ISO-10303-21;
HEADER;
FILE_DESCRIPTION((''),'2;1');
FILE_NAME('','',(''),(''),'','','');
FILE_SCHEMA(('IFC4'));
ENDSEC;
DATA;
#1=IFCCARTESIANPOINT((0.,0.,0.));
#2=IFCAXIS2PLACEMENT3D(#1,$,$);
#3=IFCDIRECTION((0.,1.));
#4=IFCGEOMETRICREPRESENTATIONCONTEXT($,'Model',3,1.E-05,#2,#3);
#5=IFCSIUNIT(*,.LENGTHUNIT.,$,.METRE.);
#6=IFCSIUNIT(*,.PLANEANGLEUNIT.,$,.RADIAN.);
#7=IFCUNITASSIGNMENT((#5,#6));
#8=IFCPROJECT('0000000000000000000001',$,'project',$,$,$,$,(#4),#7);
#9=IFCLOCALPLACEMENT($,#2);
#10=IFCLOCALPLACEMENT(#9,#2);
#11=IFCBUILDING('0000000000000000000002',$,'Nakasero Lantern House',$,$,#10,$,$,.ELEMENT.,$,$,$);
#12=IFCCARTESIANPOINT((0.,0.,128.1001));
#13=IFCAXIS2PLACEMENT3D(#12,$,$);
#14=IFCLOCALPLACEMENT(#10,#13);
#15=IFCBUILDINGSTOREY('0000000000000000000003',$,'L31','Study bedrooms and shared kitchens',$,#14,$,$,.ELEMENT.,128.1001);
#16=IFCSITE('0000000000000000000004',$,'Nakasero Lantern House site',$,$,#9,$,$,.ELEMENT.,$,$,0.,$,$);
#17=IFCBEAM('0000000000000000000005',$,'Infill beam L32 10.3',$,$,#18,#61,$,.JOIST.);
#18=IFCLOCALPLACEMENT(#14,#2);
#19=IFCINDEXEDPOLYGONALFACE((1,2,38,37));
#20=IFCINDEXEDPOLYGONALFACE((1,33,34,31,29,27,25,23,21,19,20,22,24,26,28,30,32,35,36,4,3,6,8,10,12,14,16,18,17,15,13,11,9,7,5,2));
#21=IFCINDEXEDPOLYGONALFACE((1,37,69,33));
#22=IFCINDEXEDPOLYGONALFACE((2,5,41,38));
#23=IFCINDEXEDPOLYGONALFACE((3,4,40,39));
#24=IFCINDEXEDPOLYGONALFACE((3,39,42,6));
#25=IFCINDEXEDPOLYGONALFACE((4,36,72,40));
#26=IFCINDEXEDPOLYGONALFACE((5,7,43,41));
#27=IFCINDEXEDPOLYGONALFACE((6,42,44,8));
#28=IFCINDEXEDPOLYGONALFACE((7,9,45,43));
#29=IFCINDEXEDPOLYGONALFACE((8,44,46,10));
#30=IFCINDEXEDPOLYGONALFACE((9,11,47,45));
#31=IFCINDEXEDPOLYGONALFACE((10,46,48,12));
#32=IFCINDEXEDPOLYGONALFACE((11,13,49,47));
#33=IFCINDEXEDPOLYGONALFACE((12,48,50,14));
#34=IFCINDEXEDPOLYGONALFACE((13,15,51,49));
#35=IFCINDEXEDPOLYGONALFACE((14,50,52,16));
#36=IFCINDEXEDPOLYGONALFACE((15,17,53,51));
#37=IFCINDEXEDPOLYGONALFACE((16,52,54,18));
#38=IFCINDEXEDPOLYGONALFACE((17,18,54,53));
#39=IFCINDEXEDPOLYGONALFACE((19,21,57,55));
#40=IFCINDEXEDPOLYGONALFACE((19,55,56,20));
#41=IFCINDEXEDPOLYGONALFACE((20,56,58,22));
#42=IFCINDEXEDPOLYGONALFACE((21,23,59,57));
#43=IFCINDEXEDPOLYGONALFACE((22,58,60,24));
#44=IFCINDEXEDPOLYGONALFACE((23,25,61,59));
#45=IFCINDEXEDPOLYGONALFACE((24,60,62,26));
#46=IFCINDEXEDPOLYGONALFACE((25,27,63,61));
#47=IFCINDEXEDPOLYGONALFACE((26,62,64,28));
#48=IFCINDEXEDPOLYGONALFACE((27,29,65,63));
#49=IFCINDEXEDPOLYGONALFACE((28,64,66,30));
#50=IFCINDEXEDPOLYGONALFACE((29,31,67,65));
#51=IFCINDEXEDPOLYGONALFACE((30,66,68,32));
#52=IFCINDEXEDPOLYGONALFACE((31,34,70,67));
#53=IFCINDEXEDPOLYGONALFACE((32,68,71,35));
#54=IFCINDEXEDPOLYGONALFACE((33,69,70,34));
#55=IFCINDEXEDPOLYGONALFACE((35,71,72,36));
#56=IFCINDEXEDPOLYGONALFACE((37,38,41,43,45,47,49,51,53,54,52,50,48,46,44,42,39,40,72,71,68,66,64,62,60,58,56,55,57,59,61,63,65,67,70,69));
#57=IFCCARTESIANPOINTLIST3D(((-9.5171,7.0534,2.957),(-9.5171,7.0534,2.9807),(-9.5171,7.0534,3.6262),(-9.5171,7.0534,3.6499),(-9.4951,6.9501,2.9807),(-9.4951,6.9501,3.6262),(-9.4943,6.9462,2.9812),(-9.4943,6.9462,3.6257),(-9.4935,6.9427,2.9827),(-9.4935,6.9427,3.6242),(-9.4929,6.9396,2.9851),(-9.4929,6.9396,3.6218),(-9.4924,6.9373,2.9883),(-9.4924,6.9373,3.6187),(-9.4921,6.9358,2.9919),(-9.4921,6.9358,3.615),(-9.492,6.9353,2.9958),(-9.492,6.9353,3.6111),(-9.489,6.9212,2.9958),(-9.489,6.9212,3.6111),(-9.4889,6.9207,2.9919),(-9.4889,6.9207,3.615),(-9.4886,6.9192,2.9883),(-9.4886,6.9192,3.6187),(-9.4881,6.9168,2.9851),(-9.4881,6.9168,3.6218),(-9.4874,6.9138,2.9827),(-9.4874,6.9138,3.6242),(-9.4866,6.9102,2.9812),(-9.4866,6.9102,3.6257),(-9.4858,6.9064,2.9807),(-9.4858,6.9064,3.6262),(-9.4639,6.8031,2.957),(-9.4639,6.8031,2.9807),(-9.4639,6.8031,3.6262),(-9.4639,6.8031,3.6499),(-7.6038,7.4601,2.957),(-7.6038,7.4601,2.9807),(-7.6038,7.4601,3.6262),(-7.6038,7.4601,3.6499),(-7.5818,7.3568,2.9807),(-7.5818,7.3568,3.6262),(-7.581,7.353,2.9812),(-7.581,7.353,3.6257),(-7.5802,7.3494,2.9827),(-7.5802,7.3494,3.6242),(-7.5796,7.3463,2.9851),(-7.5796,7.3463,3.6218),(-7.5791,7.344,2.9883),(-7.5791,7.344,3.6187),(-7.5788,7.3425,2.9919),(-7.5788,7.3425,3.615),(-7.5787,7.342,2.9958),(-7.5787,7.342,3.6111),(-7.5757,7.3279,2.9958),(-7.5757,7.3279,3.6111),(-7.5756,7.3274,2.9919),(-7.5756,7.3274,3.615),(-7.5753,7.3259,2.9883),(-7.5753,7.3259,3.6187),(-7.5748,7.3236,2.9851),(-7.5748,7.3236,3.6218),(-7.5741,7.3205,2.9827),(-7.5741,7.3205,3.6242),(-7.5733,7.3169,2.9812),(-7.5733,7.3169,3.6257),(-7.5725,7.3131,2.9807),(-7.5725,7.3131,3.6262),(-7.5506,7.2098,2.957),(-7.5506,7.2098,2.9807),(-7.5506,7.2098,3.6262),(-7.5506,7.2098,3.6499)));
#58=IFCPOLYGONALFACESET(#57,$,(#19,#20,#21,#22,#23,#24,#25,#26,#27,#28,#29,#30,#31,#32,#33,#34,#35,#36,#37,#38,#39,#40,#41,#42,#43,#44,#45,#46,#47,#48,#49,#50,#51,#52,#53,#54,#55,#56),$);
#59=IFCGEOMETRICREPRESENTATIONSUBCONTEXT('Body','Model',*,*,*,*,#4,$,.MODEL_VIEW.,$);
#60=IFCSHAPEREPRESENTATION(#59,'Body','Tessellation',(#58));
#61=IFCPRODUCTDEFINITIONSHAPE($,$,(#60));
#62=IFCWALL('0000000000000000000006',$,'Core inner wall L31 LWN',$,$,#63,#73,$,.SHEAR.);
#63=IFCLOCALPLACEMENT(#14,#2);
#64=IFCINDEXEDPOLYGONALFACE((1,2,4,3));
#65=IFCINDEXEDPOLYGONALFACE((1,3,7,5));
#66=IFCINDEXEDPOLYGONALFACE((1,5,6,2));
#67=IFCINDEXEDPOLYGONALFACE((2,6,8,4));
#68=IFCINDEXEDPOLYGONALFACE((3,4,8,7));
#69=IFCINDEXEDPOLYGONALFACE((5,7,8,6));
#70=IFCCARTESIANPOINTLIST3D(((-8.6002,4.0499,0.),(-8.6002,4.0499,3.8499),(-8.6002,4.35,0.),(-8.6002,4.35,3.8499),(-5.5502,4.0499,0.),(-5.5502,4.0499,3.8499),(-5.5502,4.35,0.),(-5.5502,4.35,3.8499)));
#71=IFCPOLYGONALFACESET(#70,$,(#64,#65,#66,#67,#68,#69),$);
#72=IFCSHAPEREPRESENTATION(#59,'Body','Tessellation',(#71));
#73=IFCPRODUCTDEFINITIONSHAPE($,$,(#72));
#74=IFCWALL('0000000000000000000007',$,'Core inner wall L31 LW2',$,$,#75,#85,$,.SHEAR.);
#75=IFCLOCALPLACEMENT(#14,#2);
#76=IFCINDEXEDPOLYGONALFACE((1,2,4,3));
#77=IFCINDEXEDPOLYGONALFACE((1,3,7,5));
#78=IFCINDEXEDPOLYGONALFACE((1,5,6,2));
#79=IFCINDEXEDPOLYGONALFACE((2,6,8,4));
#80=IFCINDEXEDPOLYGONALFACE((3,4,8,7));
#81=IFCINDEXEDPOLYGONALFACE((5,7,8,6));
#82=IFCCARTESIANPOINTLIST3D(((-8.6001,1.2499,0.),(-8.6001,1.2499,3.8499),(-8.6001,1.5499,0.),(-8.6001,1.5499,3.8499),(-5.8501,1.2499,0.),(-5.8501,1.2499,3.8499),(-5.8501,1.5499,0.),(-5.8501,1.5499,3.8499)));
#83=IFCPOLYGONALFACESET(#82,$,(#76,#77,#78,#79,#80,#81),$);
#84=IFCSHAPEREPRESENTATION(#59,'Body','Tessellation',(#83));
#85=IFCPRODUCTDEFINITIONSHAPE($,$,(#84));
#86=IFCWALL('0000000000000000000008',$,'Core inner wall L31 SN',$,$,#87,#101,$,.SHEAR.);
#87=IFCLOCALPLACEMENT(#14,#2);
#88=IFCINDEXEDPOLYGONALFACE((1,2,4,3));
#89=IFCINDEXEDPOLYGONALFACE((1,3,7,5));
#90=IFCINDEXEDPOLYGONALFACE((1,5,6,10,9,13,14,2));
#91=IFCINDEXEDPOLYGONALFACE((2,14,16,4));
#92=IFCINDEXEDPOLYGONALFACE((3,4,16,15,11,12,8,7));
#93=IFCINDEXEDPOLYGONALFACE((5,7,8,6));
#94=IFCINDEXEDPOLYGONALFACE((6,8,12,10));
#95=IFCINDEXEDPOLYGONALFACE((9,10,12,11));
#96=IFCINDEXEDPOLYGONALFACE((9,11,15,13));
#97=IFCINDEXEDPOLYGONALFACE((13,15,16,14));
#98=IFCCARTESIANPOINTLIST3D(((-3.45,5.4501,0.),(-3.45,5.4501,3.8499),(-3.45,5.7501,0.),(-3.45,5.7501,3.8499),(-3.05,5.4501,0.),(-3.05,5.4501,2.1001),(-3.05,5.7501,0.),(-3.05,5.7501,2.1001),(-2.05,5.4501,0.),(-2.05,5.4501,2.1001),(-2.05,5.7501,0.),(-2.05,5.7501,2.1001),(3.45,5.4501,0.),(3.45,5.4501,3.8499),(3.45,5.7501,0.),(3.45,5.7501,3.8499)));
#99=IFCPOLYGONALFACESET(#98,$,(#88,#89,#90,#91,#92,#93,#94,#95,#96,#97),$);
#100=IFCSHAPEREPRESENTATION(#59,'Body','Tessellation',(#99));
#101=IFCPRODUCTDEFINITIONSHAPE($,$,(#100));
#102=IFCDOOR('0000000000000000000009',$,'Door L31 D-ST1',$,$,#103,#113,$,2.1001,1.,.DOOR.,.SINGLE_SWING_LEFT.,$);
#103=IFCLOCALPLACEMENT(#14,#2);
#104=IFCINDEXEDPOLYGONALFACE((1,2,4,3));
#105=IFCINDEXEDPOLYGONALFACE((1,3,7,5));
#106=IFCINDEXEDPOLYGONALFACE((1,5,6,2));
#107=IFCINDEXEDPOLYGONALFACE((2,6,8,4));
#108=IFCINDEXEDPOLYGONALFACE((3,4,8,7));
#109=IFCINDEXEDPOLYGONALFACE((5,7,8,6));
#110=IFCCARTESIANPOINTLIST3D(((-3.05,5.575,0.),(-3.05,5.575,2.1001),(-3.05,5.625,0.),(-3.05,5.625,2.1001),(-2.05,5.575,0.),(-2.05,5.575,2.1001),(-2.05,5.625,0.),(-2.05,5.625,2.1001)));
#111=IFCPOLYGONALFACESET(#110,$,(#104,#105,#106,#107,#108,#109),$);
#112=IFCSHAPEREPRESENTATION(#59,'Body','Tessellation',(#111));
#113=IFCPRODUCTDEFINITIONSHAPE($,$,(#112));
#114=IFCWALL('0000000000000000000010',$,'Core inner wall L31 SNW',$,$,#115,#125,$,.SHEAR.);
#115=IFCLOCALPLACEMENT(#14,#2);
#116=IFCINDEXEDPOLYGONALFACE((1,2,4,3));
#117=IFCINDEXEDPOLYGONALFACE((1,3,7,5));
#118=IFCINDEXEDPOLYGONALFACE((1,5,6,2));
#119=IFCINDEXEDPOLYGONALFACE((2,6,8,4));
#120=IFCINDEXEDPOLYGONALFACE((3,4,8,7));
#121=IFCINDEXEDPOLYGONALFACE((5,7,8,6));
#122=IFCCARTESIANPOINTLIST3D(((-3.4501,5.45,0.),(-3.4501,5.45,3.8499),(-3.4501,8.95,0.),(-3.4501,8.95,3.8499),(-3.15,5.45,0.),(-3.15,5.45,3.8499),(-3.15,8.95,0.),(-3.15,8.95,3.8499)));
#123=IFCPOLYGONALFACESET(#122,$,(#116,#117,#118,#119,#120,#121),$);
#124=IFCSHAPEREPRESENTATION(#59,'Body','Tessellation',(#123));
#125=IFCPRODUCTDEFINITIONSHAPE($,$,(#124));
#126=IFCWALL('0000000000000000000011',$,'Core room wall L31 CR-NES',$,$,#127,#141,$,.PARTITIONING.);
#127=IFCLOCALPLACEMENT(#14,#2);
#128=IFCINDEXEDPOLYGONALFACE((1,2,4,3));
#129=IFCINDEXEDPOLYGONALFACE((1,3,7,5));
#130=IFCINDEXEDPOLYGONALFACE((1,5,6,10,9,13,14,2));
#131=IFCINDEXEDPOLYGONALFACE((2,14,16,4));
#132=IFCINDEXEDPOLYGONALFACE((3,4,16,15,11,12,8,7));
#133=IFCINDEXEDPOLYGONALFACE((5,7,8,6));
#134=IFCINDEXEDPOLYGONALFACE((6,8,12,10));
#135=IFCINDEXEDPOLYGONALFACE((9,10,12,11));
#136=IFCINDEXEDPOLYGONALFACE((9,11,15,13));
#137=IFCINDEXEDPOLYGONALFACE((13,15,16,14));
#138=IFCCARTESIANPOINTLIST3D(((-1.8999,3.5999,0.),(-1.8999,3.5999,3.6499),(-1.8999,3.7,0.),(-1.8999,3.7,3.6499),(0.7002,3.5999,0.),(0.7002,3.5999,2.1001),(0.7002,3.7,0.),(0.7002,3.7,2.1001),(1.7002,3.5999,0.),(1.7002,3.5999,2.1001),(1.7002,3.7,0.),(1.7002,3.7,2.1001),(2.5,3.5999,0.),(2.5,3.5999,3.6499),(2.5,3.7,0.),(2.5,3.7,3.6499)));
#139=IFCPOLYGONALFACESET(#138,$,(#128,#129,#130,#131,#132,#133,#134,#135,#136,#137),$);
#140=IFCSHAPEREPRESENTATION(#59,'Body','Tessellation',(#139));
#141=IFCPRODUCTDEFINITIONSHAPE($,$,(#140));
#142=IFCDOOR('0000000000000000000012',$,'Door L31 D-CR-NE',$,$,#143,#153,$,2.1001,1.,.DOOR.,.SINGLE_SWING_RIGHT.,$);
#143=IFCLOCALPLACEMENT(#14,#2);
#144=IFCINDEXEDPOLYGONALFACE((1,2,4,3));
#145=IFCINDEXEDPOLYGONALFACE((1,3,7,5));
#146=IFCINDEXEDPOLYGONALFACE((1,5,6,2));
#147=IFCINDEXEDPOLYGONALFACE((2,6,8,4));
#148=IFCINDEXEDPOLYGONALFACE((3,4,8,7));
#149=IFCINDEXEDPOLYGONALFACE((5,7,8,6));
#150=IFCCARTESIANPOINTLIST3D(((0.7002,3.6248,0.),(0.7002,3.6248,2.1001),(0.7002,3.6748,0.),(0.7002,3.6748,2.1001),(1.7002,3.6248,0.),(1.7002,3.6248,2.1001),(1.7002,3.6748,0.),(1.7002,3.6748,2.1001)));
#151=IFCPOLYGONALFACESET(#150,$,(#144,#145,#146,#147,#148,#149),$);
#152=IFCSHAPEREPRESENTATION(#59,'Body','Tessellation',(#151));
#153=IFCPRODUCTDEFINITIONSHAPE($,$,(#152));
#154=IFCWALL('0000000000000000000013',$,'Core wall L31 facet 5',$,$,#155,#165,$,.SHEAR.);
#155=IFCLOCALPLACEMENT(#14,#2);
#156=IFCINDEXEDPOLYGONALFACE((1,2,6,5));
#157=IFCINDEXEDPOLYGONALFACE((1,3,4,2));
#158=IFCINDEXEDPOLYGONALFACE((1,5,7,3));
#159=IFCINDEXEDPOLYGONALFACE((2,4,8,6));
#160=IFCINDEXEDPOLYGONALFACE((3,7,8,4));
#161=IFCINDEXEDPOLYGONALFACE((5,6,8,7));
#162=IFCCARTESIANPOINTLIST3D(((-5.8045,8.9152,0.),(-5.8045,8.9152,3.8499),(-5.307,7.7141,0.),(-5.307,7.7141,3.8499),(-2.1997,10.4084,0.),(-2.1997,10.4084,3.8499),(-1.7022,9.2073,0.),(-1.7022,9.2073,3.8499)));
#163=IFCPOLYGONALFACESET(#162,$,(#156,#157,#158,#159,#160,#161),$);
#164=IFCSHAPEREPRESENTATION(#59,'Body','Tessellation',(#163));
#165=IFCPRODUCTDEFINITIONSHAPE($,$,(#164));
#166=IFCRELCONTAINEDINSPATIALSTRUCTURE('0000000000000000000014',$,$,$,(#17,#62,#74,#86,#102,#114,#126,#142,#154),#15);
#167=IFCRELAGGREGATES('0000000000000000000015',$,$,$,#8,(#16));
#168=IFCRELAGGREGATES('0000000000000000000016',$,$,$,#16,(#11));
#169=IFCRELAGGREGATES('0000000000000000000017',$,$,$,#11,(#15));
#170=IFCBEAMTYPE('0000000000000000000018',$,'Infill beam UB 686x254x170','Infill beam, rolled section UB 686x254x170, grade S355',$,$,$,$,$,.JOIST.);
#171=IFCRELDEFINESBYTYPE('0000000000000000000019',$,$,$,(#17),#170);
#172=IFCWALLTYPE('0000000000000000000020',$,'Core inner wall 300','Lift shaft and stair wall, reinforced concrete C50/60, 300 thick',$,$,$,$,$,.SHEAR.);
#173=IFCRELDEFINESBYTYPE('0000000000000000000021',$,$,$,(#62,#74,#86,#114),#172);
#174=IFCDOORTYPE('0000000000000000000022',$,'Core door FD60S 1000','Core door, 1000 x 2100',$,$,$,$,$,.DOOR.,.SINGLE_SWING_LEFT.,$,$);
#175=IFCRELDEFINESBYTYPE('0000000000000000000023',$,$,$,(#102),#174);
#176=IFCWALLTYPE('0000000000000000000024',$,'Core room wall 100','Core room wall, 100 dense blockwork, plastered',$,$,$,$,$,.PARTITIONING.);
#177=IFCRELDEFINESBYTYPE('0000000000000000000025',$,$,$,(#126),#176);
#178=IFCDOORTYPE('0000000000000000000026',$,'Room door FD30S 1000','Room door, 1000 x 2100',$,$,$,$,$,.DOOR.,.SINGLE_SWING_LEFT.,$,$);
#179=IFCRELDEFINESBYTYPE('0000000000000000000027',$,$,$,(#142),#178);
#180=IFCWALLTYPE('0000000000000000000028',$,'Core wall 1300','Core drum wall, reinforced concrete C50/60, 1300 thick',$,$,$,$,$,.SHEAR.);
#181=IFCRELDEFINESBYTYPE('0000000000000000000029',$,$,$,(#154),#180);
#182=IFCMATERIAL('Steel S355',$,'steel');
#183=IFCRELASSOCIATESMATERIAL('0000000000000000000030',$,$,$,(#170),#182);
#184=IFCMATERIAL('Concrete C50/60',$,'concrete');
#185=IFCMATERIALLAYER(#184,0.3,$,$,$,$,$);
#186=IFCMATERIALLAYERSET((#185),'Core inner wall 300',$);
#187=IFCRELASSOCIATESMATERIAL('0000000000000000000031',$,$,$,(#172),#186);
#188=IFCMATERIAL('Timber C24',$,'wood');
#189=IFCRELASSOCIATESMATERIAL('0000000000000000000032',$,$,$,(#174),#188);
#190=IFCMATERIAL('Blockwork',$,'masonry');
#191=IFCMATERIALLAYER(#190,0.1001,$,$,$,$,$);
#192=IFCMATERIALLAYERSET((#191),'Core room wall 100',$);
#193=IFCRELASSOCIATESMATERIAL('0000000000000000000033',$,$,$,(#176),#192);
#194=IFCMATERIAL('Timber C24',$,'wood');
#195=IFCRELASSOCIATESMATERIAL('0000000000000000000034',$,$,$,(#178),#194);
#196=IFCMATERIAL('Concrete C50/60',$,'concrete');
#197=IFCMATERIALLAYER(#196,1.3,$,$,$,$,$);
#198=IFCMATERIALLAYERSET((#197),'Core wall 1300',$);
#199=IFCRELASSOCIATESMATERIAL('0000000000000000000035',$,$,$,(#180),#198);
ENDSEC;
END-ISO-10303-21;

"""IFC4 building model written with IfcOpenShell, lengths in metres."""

from ifc_helpers import new_model, si_unit, direction, frame, frame_2d, origin, origin_2d, place, context, subcontext, project, spatial, rectangle, i_section, extrude, material, layer, layer_set, material_profile, profile_set, type_object, element, fill, save


model = new_model("IFC4")

# Units and contexts
model_context = context("Model", 3, precision=1e-05, world=origin(), true_north=direction((0.0, 1.0)))
body_context = subcontext(model_context, "Body", "Model", "MODEL_VIEW")
ifc_project = project(units=[si_unit("LENGTHUNIT", "METRE"), si_unit("PLANEANGLEUNIT", "RADIAN")], contexts=[model_context])

# Site, building, storey
site_placement = place(None, origin())
site = spatial("IfcSite", under=ifc_project, at=site_placement, Name="Nakasero Lantern House site", CompositionType="ELEMENT", RefElevation=0.0)
building_placement = place(site_placement, origin())
building = spatial("IfcBuilding", under=site, at=building_placement, Name="Nakasero Lantern House", CompositionType="ELEMENT")
storey_placement = place(building_placement, frame((0.0, 0.0, 128.1001)))
storey = spatial("IfcBuildingStorey", under=building, at=storey_placement, Name="L31", Description="Study bedrooms and shared kitchens", CompositionType="ELEMENT", Elevation=128.1001)

# Beam
ifc_material_1 = material(Name="Steel S355", Category="steel")
ifc_material_profile_1 = material_profile(ifc_material_1, i_section(OverallWidth=0.2559, OverallDepth=0.6929, WebThickness=0.0144, FlangeThickness=0.0237, FilletRadius=0.0151, at=origin_2d()), Name="UB 686x254x170")
ifc_profile_set_1 = profile_set([ifc_material_profile_1], Name="Steel S355")
beam_type_1 = type_object("IfcBeamType", Name="Infill beam UB 686x254x170", Description="Infill beam, rolled section UB 686x254x170, grade S355", PredefinedType="JOIST", material=ifc_profile_set_1)
beam_1_placement = place(storey_placement, frame((-9.4905, 6.9282, 3.3035), z_axis=(0.978143, 0.207935, 0.0), x_axis=(-0.207935, 0.978143, 0.0)))
element("IfcBeam", 1, at=beam_1_placement, inside=storey, type_object=beam_type_1, Name="Infill beam L32 10.3", PredefinedType="JOIST", context=body_context, shape_type="SweptSolid", body=[
    extrude(i_section(OverallWidth=0.2559, OverallDepth=0.6929, WebThickness=0.0144, FlangeThickness=0.0237, FilletRadius=0.0151, at=origin_2d()), origin(), (0.0, 0.0, 1.0), 1.9561),
])

# Walls
ifc_material_2 = material(Name="Concrete C50/60", Category="concrete")
ifc_layer_1 = layer(ifc_material_2, 0.3)
ifc_layer_set_1 = layer_set([ifc_layer_1], Name="Core inner wall 300")
wall_type_1 = type_object("IfcWallType", Name="Core inner wall 300", Description="Lift shaft and stair wall, reinforced concrete C50/60, 300 thick", PredefinedType="SHEAR", material=ifc_layer_set_1)
wall_1_placement = place(storey_placement, frame((-8.6001, 4.2, 0.0), z_axis=(0.0, 0.0, 1.0), x_axis=(1.0, 0.0, 0.0)))
element("IfcWall", 2, at=wall_1_placement, inside=storey, type_object=wall_type_1, Name="Core inner wall L31 LWN", PredefinedType="SHEAR", context=body_context, shape_type="SweptSolid", body=[
    extrude(rectangle(XDim=3.05, YDim=0.3, at=frame_2d((1.5249, 0.0))), origin(), (0.0, 0.0, 1.0), 3.8499),
])
wall_2_placement = place(storey_placement, frame((-8.6001, 1.3999, 0.0), z_axis=(0.0, 0.0, 1.0), x_axis=(1.0, 0.0, 0.0)))
element("IfcWall", 3, at=wall_2_placement, inside=storey, type_object=wall_type_1, Name="Core inner wall L31 LW2", PredefinedType="SHEAR", context=body_context, shape_type="SweptSolid", body=[
    extrude(rectangle(XDim=2.75, YDim=0.3, at=frame_2d((1.375, 0.0))), origin(), (0.0, 0.0, 1.0), 3.8499),
])

# Wall, opening, door
wall_3_placement = place(storey_placement, frame((-3.45, 5.6001, 0.0), z_axis=(0.0, 0.0, 1.0), x_axis=(1.0, 0.0, 0.0)))
wall_3 = element("IfcWall", 4, at=wall_3_placement, inside=storey, type_object=wall_type_1, Name="Core inner wall L31 SN", PredefinedType="SHEAR", context=body_context, shape_type="SweptSolid", body=[
    extrude(rectangle(XDim=6.8999, YDim=0.3, at=frame_2d((3.45, 0.0))), origin(), (0.0, 0.0, 1.0), 3.8499),
])
opening_1_placement = place(wall_3_placement, frame((0.3999, 0.0, 0.0)))
opening_1 = element("IfcOpeningElement", 5, at=opening_1_placement, cuts=wall_3, PredefinedType="OPENING", context=body_context, shape_type="SweptSolid", body=[
    extrude(rectangle(XDim=1.0, YDim=2.1001, at=frame_2d((0.5, 1.05))), frame((0.0, 0.1699, 0.0), z_axis=(0.0, -1.0, 0.0), x_axis=(1.0, 0.0, 0.0)), (0.0, 0.0, 1.0), 0.3401),
])
ifc_material_3 = material(Name="Timber C24", Category="wood")
door_type_1 = type_object("IfcDoorType", Name="Core door FD60S 1000", Description="Core door, 1000 x 2100", OperationType="SINGLE_SWING_LEFT", PredefinedType="DOOR", material=ifc_material_3)
door_1_placement = place(opening_1_placement, origin())
door_1 = element("IfcDoor", 6, at=door_1_placement, inside=storey, type_object=door_type_1, Name="Door L31 D-ST1", OperationType="SINGLE_SWING_LEFT", OverallHeight=2.1001, OverallWidth=1.0, PredefinedType="DOOR", context=body_context, shape_type="SweptSolid", body=[
    extrude(rectangle(XDim=1.0, YDim=2.1001, at=frame_2d((0.5, 1.05))), frame((0.0, 0.0249, 0.0), z_axis=(0.0, -1.0, 0.0), x_axis=(1.0, 0.0, 0.0)), (0.0, 0.0, 1.0), 0.05),
])
fill(opening_1, door_1)

# Wall
wall_4_placement = place(storey_placement, frame((-3.3, 5.45, 0.0), z_axis=(0.0, 0.0, 1.0), x_axis=(0.0, 1.0, 0.0)))
element("IfcWall", 7, at=wall_4_placement, inside=storey, type_object=wall_type_1, Name="Core inner wall L31 SNW", PredefinedType="SHEAR", context=body_context, shape_type="SweptSolid", body=[
    extrude(rectangle(XDim=3.5, YDim=0.3, at=frame_2d((1.75, 0.0))), origin(), (0.0, 0.0, 1.0), 3.8499),
])

# Wall, opening, door
ifc_material_4 = material(Name="Blockwork", Category="masonry")
ifc_layer_2 = layer(ifc_material_4, 0.1001)
ifc_layer_set_2 = layer_set([ifc_layer_2], Name="Core room wall 100")
wall_type_2 = type_object("IfcWallType", Name="Core room wall 100", Description="Core room wall, 100 dense blockwork, plastered", PredefinedType="PARTITIONING", material=ifc_layer_set_2)
wall_5_placement = place(storey_placement, frame((-1.8999, 3.6499, 0.0), z_axis=(0.0, 0.0, 1.0), x_axis=(1.0, 0.0, 0.0)))
wall_5 = element("IfcWall", 8, at=wall_5_placement, inside=storey, type_object=wall_type_2, Name="Core room wall L31 CR-NES", PredefinedType="PARTITIONING", context=body_context, shape_type="SweptSolid", body=[
    extrude(rectangle(XDim=4.3999, YDim=0.1001, at=frame_2d((2.2, 0.0))), origin(), (0.0, 0.0, 1.0), 3.6499),
])
opening_2_placement = place(wall_5_placement, frame((2.6001, 0.0, 0.0)))
opening_2 = element("IfcOpeningElement", 9, at=opening_2_placement, cuts=wall_5, PredefinedType="OPENING", context=body_context, shape_type="SweptSolid", body=[
    extrude(rectangle(XDim=1.0, YDim=2.1001, at=frame_2d((0.5, 1.05))), frame((0.0, 0.0701, 0.0), z_axis=(0.0, -1.0, 0.0), x_axis=(1.0, 0.0, 0.0)), (0.0, 0.0, 1.0), 0.1401),
])
ifc_material_5 = material(Name="Timber C24", Category="wood")
door_type_2 = type_object("IfcDoorType", Name="Room door FD30S 1000", Description="Room door, 1000 x 2100", OperationType="SINGLE_SWING_LEFT", PredefinedType="DOOR", material=ifc_material_5)
door_2_placement = place(opening_2_placement, origin())
door_2 = element("IfcDoor", 10, at=door_2_placement, inside=storey, type_object=door_type_2, Name="Door L31 D-CR-NE", OperationType="SINGLE_SWING_RIGHT", OverallHeight=2.1001, OverallWidth=1.0, PredefinedType="DOOR", context=body_context, shape_type="SweptSolid", body=[
    extrude(rectangle(XDim=1.0, YDim=2.1001, at=frame_2d((0.5, 1.05))), frame((0.0, 0.0249, 0.0), z_axis=(0.0, -1.0, 0.0), x_axis=(1.0, 0.0, 0.0)), (0.0, 0.0, 1.0), 0.05),
])
fill(opening_2, door_2)

# Wall
ifc_material_6 = material(Name="Concrete C50/60", Category="concrete")
ifc_layer_3 = layer(ifc_material_6, 1.3)
ifc_layer_set_3 = layer_set([ifc_layer_3], Name="Core wall 1300")
wall_type_3 = type_object("IfcWallType", Name="Core wall 1300", Description="Core drum wall, reinforced concrete C50/60, 1300 thick", PredefinedType="SHEAR", material=ifc_layer_set_3)
wall_6_placement = place(storey_placement, frame((-1.9509, 9.8079, 0.0), z_axis=(0.0, 0.0, 1.0), x_axis=(-0.923877, -0.382691, 0.0)))
element("IfcWall", 11, at=wall_6_placement, inside=storey, type_object=wall_type_3, Name="Core wall L31 facet 5", PredefinedType="SHEAR", context=body_context, shape_type="SweptSolid", body=[
    extrude(rectangle(XDim=3.9019, YDim=1.3, at=frame_2d((1.9509, 0.0))), origin(), (0.0, 0.0, 1.0), 3.8499),
])

save(model, "model.ifc")
